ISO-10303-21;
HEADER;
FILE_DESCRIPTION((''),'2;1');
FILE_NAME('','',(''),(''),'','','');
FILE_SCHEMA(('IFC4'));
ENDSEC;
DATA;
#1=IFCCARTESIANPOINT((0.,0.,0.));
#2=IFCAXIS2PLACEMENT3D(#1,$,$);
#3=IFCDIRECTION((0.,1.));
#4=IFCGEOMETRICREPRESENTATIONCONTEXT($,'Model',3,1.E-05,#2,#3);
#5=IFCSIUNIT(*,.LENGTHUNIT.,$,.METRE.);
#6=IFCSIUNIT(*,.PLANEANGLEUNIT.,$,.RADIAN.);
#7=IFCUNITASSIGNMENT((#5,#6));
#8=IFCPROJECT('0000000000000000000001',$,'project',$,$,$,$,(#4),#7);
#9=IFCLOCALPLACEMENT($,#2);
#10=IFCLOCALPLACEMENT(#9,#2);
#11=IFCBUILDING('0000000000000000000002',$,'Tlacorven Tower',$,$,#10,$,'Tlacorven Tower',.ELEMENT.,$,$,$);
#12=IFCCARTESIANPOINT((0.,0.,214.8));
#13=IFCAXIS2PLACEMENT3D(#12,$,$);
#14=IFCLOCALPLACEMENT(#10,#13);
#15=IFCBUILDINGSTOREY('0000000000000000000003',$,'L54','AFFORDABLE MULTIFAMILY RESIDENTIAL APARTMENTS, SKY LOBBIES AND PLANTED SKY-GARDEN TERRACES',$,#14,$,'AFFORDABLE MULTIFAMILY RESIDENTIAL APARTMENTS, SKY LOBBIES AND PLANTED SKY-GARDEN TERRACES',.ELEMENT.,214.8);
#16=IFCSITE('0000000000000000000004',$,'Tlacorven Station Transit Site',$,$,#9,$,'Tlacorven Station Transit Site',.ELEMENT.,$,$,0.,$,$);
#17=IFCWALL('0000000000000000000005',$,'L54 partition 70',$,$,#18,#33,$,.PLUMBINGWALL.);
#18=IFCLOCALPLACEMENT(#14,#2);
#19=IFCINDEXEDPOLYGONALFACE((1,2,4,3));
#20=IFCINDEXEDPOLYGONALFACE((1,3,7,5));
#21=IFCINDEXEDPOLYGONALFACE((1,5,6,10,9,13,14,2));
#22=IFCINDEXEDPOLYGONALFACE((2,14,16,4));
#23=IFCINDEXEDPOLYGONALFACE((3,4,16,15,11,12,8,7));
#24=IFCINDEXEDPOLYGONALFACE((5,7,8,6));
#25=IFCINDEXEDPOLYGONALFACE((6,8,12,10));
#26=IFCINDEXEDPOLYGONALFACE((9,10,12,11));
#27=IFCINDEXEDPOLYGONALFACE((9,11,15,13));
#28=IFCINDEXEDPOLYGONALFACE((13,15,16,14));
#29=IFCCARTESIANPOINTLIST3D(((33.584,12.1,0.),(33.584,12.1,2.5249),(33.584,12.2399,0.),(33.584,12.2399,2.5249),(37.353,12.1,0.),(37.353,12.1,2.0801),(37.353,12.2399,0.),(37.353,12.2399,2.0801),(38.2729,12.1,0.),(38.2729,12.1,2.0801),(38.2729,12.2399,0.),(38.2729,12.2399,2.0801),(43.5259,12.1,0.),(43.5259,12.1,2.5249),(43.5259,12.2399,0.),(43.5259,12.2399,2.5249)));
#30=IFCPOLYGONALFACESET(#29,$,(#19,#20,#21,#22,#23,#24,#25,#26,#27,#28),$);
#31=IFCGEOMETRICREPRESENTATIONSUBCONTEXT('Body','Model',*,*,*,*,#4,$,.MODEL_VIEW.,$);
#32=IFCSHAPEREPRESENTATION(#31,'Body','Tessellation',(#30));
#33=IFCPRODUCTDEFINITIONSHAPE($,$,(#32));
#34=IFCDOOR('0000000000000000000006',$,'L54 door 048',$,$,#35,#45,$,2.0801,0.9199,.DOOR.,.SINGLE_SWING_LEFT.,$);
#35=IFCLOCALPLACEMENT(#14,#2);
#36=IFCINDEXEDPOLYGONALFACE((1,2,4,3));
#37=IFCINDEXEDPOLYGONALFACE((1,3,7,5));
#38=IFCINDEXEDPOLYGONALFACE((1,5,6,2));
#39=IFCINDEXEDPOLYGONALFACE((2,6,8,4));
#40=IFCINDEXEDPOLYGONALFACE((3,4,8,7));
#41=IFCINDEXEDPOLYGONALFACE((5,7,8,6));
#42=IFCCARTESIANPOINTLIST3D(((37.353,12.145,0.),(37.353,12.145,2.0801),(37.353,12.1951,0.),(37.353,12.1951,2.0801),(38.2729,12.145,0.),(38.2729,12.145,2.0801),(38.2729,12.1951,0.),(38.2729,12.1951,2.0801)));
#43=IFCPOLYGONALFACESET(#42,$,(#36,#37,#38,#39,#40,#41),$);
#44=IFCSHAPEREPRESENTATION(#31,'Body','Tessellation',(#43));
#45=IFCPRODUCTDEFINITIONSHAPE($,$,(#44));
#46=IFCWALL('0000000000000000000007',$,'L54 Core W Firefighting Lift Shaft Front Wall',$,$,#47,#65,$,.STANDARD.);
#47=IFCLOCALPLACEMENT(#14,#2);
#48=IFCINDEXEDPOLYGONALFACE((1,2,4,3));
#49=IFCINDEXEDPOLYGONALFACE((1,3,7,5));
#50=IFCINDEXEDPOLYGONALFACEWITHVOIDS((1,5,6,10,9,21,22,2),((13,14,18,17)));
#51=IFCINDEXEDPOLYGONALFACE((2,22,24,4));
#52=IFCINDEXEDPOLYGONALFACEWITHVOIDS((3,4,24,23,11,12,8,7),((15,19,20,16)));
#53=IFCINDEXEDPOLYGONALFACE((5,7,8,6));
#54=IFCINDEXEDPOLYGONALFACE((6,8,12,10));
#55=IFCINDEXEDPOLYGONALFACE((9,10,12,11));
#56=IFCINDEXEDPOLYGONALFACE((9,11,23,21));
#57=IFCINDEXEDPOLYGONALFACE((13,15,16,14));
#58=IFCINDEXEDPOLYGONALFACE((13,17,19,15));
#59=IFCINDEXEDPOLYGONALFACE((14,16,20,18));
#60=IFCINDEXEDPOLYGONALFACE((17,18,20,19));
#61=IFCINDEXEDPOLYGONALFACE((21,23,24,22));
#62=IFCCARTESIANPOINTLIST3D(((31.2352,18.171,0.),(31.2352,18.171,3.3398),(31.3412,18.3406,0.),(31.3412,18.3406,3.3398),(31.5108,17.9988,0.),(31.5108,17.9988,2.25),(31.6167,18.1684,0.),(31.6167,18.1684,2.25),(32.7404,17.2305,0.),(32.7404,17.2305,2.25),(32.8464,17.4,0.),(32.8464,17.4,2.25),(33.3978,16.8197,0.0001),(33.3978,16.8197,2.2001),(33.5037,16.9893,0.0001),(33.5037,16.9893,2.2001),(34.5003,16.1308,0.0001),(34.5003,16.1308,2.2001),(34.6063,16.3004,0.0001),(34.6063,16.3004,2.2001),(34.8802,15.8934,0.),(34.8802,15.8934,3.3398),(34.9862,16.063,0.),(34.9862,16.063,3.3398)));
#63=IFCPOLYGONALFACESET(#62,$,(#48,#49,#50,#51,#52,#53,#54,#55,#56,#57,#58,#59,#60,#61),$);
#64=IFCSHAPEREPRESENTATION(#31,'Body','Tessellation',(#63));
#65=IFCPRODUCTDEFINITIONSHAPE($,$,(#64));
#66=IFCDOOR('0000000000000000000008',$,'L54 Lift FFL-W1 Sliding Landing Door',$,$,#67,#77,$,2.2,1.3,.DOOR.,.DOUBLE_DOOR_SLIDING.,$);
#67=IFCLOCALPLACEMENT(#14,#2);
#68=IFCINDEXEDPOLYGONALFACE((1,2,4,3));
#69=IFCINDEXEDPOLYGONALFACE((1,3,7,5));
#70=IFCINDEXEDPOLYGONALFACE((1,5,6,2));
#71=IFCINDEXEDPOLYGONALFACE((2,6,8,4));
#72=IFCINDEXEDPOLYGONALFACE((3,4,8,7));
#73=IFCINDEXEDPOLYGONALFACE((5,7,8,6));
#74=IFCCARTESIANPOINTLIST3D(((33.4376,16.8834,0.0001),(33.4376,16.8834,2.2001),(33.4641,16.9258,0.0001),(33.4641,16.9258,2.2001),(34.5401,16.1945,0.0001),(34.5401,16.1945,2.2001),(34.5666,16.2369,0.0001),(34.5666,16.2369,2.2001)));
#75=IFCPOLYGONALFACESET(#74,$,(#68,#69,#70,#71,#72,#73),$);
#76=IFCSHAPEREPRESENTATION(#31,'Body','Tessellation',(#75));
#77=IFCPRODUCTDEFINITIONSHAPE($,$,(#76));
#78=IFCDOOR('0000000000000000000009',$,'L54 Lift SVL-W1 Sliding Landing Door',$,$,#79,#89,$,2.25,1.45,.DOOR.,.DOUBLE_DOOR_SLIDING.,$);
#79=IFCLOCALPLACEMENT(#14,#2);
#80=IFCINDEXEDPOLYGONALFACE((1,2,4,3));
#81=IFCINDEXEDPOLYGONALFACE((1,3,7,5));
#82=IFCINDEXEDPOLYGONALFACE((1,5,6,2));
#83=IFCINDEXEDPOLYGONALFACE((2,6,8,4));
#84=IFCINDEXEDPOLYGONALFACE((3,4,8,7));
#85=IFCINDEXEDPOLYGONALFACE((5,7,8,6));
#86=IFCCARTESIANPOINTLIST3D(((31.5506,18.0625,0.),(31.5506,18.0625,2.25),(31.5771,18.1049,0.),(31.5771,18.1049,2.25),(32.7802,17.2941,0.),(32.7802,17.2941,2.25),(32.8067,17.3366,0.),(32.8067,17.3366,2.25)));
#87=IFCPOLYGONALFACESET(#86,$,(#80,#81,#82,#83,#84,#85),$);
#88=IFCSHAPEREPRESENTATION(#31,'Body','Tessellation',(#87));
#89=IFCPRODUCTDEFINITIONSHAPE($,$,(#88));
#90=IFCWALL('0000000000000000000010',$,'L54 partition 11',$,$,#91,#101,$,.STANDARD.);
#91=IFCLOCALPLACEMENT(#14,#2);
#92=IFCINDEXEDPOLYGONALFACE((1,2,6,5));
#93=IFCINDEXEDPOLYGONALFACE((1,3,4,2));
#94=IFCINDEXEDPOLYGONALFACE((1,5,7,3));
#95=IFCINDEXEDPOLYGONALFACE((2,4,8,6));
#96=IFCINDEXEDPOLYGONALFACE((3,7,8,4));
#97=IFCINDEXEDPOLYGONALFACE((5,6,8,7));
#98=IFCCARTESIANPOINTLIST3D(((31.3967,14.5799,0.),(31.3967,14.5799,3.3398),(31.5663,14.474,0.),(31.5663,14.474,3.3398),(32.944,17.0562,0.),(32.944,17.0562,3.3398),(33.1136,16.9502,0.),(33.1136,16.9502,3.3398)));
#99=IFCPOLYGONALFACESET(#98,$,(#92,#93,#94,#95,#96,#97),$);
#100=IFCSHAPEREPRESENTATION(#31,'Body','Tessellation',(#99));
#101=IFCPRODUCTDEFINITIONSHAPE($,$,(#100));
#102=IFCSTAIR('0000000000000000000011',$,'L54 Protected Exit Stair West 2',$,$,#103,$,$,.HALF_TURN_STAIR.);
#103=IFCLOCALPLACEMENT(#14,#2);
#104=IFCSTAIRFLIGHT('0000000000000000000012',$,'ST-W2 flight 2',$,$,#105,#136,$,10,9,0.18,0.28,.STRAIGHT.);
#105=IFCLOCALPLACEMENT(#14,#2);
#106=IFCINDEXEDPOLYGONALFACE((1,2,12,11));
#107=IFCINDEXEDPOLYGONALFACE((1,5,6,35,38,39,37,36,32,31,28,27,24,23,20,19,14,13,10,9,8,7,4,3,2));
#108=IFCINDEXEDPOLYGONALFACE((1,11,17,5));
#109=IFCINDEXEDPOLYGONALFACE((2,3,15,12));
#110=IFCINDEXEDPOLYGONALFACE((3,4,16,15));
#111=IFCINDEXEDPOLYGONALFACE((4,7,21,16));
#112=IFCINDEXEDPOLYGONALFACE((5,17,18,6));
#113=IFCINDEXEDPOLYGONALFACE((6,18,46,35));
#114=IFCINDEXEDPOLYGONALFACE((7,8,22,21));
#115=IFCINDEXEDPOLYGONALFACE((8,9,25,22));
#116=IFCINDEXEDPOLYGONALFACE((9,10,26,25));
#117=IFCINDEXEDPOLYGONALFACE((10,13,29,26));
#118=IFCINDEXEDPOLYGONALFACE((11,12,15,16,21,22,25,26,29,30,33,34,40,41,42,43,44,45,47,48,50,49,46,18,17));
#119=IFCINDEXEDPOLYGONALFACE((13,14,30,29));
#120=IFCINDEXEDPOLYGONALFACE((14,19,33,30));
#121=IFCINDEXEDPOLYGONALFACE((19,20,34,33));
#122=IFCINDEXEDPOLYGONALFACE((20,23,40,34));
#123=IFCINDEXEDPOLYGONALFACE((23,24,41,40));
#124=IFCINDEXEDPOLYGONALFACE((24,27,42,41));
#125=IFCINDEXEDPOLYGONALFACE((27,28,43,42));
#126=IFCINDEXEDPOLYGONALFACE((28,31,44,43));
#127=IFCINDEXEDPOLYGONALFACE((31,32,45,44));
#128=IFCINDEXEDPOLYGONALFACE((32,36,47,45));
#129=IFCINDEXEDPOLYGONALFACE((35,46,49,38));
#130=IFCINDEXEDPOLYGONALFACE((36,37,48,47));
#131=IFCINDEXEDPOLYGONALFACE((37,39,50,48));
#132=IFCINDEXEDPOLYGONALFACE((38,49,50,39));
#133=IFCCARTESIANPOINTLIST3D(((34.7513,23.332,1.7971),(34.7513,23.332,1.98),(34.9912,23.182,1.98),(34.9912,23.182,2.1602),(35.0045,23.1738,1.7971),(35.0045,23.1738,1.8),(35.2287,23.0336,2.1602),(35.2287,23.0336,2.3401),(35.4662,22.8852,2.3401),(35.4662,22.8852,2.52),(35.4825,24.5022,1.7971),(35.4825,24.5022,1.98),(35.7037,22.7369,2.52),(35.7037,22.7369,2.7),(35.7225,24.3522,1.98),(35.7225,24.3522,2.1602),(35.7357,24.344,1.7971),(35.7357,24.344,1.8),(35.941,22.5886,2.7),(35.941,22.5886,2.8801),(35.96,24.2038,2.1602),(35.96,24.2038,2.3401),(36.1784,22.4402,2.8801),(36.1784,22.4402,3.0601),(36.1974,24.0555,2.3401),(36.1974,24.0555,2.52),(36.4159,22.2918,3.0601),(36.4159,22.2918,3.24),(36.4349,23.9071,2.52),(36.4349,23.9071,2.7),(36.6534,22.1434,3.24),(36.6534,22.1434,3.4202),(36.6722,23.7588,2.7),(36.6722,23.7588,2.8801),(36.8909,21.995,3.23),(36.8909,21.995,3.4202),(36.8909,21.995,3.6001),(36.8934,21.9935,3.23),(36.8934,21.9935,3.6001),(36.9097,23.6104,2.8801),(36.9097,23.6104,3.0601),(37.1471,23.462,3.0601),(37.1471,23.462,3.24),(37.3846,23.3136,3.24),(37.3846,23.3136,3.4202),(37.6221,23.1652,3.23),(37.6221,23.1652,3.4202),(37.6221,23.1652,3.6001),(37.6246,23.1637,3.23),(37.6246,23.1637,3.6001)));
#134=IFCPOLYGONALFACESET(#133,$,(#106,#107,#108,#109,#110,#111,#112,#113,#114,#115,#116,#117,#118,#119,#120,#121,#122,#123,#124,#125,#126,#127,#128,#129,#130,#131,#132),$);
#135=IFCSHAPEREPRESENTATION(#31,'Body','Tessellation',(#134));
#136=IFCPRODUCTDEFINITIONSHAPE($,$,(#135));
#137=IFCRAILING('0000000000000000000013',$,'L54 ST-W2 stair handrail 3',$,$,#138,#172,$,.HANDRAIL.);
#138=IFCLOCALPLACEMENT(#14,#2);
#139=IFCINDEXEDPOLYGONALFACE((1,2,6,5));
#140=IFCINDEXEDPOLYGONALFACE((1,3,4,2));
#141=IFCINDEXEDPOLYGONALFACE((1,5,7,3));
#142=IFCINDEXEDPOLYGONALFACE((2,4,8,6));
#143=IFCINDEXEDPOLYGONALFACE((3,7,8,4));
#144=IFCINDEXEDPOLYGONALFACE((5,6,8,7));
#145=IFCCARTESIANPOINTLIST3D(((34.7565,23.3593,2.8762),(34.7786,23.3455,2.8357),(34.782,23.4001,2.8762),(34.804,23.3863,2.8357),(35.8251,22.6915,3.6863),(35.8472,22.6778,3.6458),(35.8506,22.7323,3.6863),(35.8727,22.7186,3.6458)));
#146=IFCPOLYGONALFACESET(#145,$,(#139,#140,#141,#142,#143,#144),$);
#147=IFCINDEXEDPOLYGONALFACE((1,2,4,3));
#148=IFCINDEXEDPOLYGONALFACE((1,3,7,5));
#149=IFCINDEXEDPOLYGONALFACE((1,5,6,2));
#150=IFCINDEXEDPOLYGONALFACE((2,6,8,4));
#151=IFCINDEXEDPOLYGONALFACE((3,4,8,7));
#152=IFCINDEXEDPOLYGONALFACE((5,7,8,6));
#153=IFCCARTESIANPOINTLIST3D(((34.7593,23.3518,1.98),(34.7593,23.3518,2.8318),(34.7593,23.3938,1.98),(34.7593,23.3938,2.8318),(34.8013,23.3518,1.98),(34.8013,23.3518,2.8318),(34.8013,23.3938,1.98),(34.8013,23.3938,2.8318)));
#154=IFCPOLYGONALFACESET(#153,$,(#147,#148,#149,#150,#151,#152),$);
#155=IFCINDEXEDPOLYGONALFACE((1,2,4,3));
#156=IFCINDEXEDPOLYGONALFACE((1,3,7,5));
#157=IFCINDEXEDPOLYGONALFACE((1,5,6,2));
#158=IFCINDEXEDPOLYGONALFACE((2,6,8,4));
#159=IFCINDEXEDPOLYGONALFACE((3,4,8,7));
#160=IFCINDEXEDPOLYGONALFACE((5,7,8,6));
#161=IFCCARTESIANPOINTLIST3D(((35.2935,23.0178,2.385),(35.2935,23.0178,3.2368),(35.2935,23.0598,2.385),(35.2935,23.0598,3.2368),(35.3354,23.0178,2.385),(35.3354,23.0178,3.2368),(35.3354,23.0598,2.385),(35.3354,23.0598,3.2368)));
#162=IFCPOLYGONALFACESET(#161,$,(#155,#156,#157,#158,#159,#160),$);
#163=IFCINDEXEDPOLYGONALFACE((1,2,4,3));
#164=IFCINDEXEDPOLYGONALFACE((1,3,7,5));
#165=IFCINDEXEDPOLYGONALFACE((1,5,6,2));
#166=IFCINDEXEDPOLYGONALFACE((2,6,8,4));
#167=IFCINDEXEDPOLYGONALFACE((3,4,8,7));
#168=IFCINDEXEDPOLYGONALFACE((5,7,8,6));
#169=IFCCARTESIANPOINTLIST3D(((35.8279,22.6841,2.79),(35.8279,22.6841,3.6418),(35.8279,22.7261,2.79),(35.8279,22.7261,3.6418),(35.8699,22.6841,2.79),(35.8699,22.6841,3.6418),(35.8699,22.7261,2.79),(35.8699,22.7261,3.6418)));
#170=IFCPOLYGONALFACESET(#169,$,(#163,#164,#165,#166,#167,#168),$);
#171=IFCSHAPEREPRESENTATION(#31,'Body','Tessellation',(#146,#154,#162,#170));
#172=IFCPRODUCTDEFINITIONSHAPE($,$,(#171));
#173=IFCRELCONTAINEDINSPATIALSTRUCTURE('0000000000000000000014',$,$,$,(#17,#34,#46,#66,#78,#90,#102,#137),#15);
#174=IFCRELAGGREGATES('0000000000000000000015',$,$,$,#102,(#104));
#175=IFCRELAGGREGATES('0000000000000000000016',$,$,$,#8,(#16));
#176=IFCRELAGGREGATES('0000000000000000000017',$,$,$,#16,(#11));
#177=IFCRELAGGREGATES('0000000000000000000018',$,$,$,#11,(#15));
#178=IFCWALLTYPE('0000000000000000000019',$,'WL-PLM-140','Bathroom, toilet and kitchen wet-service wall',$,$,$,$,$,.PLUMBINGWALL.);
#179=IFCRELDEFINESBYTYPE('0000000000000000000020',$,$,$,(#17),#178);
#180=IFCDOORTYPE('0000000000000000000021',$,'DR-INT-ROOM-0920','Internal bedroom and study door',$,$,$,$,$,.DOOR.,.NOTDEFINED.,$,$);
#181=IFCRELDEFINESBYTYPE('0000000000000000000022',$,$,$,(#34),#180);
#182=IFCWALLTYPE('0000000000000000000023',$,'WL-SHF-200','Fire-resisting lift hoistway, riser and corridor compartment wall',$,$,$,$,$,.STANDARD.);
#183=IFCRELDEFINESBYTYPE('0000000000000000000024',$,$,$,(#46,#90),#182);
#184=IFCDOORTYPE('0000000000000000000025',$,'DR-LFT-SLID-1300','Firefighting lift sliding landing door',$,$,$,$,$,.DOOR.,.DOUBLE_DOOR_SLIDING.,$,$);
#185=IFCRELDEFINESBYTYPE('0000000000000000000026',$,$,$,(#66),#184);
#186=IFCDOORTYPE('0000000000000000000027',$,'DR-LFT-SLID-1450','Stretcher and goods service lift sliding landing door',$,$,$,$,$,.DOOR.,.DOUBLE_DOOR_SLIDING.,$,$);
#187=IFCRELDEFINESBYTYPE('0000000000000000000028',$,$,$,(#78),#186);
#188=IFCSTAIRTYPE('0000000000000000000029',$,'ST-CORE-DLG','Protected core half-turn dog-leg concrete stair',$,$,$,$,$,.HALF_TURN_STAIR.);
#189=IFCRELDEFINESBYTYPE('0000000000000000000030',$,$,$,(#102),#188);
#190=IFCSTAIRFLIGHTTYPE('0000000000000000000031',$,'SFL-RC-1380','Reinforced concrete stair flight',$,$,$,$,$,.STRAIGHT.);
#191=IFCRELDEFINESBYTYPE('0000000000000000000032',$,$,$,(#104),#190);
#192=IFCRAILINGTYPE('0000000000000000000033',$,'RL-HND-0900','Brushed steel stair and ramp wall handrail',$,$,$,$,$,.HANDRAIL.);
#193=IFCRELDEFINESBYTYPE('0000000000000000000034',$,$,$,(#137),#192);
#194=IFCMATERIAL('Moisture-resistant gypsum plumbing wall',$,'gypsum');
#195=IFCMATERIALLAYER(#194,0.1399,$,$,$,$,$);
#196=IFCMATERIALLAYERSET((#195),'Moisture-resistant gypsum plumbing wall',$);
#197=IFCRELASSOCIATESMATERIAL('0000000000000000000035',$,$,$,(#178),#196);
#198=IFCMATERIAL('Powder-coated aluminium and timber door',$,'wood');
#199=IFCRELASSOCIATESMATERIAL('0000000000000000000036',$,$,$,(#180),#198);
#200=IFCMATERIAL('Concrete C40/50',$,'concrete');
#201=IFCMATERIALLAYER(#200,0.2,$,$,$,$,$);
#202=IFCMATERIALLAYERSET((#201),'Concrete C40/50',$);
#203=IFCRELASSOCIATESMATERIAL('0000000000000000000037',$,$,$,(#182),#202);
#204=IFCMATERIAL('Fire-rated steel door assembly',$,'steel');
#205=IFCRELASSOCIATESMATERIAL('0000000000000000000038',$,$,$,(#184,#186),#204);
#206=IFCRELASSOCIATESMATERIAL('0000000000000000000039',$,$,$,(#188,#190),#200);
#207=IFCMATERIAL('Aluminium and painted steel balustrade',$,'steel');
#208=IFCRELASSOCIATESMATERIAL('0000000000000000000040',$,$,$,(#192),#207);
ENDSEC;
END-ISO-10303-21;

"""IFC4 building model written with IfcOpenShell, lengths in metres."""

from ifc_helpers import new_model, si_unit, direction, frame, frame_2d, origin, origin_2d, place, context, subcontext, project, spatial, polyline, rectangle, outline, extrude, source, transform, mapped, material, layer, layer_set, type_object, element, fill, aggregate, save


model = new_model("IFC4")

# Units and contexts
model_context = context("Model", 3, precision=1e-05, world=origin(), true_north=direction((0.0, 1.0)))
body_context = subcontext(model_context, "Body", "Model", "MODEL_VIEW")
ifc_project = project(units=[si_unit("LENGTHUNIT", "METRE"), si_unit("PLANEANGLEUNIT", "RADIAN")], contexts=[model_context])

# Site, building, storey
site_placement = place(None, origin())
site = spatial("IfcSite", under=ifc_project, at=site_placement, Name="Tlacorven Station Transit Site", LongName="Tlacorven Station Transit Site", CompositionType="ELEMENT", RefElevation=0.0)
building_placement = place(site_placement, origin())
building = spatial("IfcBuilding", under=site, at=building_placement, Name="Tlacorven Tower", LongName="Tlacorven Tower", CompositionType="ELEMENT")
storey_placement = place(building_placement, frame((0.0, 0.0, 214.8)))
storey = spatial("IfcBuildingStorey", under=building, at=storey_placement, Name="L54", Description="AFFORDABLE MULTIFAMILY RESIDENTIAL APARTMENTS, SKY LOBBIES AND PLANTED SKY-GARDEN TERRACES", LongName="AFFORDABLE MULTIFAMILY RESIDENTIAL APARTMENTS, SKY LOBBIES AND PLANTED SKY-GARDEN TERRACES", CompositionType="ELEMENT", Elevation=214.8)

# Shared definitions
ifc_material_1 = material(Name="Powder-coated aluminium and timber door", Category="wood")

# Wall, opening, door
ifc_material_2 = material(Name="Moisture-resistant gypsum plumbing wall", Category="gypsum")
ifc_layer_1 = layer(ifc_material_2, 0.1399)
ifc_layer_set_1 = layer_set([ifc_layer_1], Name="Moisture-resistant gypsum plumbing wall")
wall_type_1 = type_object("IfcWallType", Name="WL-PLM-140", Description="Bathroom, toilet and kitchen wet-service wall", PredefinedType="PLUMBINGWALL", material=ifc_layer_set_1)
wall_1_placement = place(storey_placement, frame((33.584, 12.1699, 0.0), z_axis=(0.0, 0.0, 1.0), x_axis=(1.0, 0.0, 0.0)))
wall_1 = element("IfcWall", 1, at=wall_1_placement, inside=storey, type_object=wall_type_1, Name="L54 partition 70", PredefinedType="PLUMBINGWALL", context=body_context, shape_type="SweptSolid", body=[
    extrude(rectangle(XDim=9.9419, YDim=0.1399, at=frame_2d((4.9709, 0.0))), origin(), (0.0, 0.0, 1.0), 2.5249),
])
opening_1_placement = place(wall_1_placement, frame((3.769, 0.0, 0.0)))
opening_1 = element("IfcOpeningElement", 2, at=opening_1_placement, cuts=wall_1, PredefinedType="OPENING", context=body_context, shape_type="SweptSolid", body=[
    extrude(rectangle(XDim=0.9199, YDim=2.0801, at=frame_2d((0.46, 1.04))), frame((0.0, 0.0801, 0.0), z_axis=(0.0, -1.0, 0.0), x_axis=(1.0, 0.0, 0.0)), (0.0, 0.0, 1.0), 0.1599),
])
door_type_1 = type_object("IfcDoorType", Name="DR-INT-ROOM-0920", Description="Internal bedroom and study door", OperationType="NOTDEFINED", PredefinedType="DOOR", material=ifc_material_1)
shared_shape_1 = source(origin(), body_context, "Body", "SweptSolid", [
    extrude(rectangle(XDim=0.9199, YDim=2.0801, at=frame_2d((0.46, 1.04))), frame((0.0, 0.0249, 0.0), z_axis=(0.0, -1.0, 0.0), x_axis=(1.0, 0.0, 0.0)), (0.0, 0.0, 1.0), 0.05),
])
door_1_placement = place(opening_1_placement, frame((0.9199, 0.0, 0.0), z_axis=(0.0, 0.0, 1.0), x_axis=(-1.0, 0.0, 0.0)))
door_1 = element("IfcDoor", 3, at=door_1_placement, inside=storey, type_object=door_type_1, Name="L54 door 048", OperationType="SINGLE_SWING_LEFT", OverallHeight=2.0801, OverallWidth=0.9199, PredefinedType="DOOR", context=body_context, shape_type="MappedRepresentation", body=[
    mapped(shared_shape_1, transform((0.0, 0.0, 0.0), scale=1.0)),
])
fill(opening_1, door_1)

# Wall, openings, doors
ifc_material_3 = material(Name="Concrete C40/50", Category="concrete")
ifc_layer_2 = layer(ifc_material_3, 0.2)
ifc_layer_set_2 = layer_set([ifc_layer_2], Name="Concrete C40/50")
wall_type_2 = type_object("IfcWallType", Name="WL-SHF-200", Description="Fire-resisting lift hoistway, riser and corridor compartment wall", PredefinedType="STANDARD", material=ifc_layer_set_2)
wall_2_placement = place(storey_placement, frame((34.9331, 15.9783, 0.0), z_axis=(0.0, 0.0, 1.0), x_axis=(-0.848056, 0.529907, 0.0)))
wall_2 = element("IfcWall", 4, at=wall_2_placement, inside=storey, type_object=wall_type_2, Name="L54 Core W Firefighting Lift Shaft Front Wall", PredefinedType="STANDARD", context=body_context, shape_type="SweptSolid", body=[
    extrude(rectangle(XDim=4.2981, YDim=0.2, at=frame_2d((2.1489, 0.0))), origin(), (0.0, 0.0, 1.0), 3.3398),
])
opening_2_placement = place(wall_2_placement, frame((0.448, 0.0, 0.0)))
opening_2 = element("IfcOpeningElement", 5, at=opening_2_placement, cuts=wall_2, PredefinedType="OPENING", context=body_context, shape_type="SweptSolid", body=[
    extrude(rectangle(XDim=1.3, YDim=2.2, at=frame_2d((0.6499, 1.1001))), frame((0.0, 0.1099, 0.0), z_axis=(0.0, -1.0, 0.0), x_axis=(1.0, 0.0, 0.0)), (0.0, 0.0, 1.0), 0.22),
])
opening_3_placement = place(wall_2_placement, frame((2.5229, 0.0, 0.0)))
opening_3 = element("IfcOpeningElement", 6, at=opening_3_placement, cuts=wall_2, PredefinedType="OPENING", context=body_context, shape_type="SweptSolid", body=[
    extrude(rectangle(XDim=1.45, YDim=2.25, at=frame_2d((0.7251, 1.125))), frame((0.0, 0.1099, 0.0), z_axis=(0.0, -1.0, 0.0), x_axis=(1.0, 0.0, 0.0)), (0.0, 0.0, 1.0), 0.22),
])
ifc_material_4 = material(Name="Fire-rated steel door assembly", Category="steel")
door_type_2 = type_object("IfcDoorType", Name="DR-LFT-SLID-1300", Description="Firefighting lift sliding landing door", OperationType="DOUBLE_DOOR_SLIDING", PredefinedType="DOOR", material=ifc_material_4)
shared_shape_2 = source(origin(), body_context, "Body", "SweptSolid", [
    extrude(rectangle(XDim=1.3, YDim=2.2, at=frame_2d((0.6499, 1.1001))), frame((0.0, 0.0249, 0.0), z_axis=(0.0, -1.0, 0.0), x_axis=(1.0, 0.0, 0.0)), (0.0, 0.0, 1.0), 0.05),
])
door_2_placement = place(opening_2_placement, origin())
door_2 = element("IfcDoor", 7, at=door_2_placement, inside=storey, type_object=door_type_2, Name="L54 Lift FFL-W1 Sliding Landing Door", OperationType="DOUBLE_DOOR_SLIDING", OverallHeight=2.2, OverallWidth=1.3, PredefinedType="DOOR", context=body_context, shape_type="MappedRepresentation", body=[
    mapped(shared_shape_2, transform((0.0, 0.0, 0.0), scale=1.0)),
])
fill(opening_2, door_2)
door_type_3 = type_object("IfcDoorType", Name="DR-LFT-SLID-1450", Description="Stretcher and goods service lift sliding landing door", OperationType="DOUBLE_DOOR_SLIDING", PredefinedType="DOOR", material=ifc_material_4)
shared_shape_3 = source(origin(), body_context, "Body", "SweptSolid", [
    extrude(rectangle(XDim=1.45, YDim=2.25, at=frame_2d((0.7251, 1.125))), frame((0.0, 0.0249, 0.0), z_axis=(0.0, -1.0, 0.0), x_axis=(1.0, 0.0, 0.0)), (0.0, 0.0, 1.0), 0.05),
])
door_3_placement = place(opening_3_placement, origin())
door_3 = element("IfcDoor", 8, at=door_3_placement, inside=storey, type_object=door_type_3, Name="L54 Lift SVL-W1 Sliding Landing Door", OperationType="DOUBLE_DOOR_SLIDING", OverallHeight=2.25, OverallWidth=1.45, PredefinedType="DOOR", context=body_context, shape_type="MappedRepresentation", body=[
    mapped(shared_shape_3, transform((0.0, 0.0, 0.0), scale=1.0)),
])
fill(opening_3, door_3)

# Wall
wall_3_placement = place(storey_placement, frame((33.0288, 17.0032, 0.0), z_axis=(0.0, 0.0, 1.0), x_axis=(-0.529916, -0.84805, 0.0)))
element("IfcWall", 9, at=wall_3_placement, inside=storey, type_object=wall_type_2, Name="L54 partition 11", PredefinedType="STANDARD", context=body_context, shape_type="SweptSolid", body=[
    extrude(rectangle(XDim=2.9199, YDim=0.2, at=frame_2d((1.46, 0.0))), origin(), (0.0, 0.0, 1.0), 3.3398),
])

# Stair, stair flight
stair_type = type_object("IfcStairType", Name="ST-CORE-DLG", Description="Protected core half-turn dog-leg concrete stair", PredefinedType="HALF_TURN_STAIR", material=ifc_material_3)
stair_placement = place(storey_placement, origin())
stair = element("IfcStair", 10, at=stair_placement, inside=storey, type_object=stair_type, Name="L54 Protected Exit Stair West 2", PredefinedType="HALF_TURN_STAIR")
stair_flight_type = type_object("IfcStairFlightType", Name="SFL-RC-1380", Description="Reinforced concrete stair flight", PredefinedType="STRAIGHT", material=ifc_material_3)
shared_shape_4 = source(origin(), body_context, "Body", "SweptSolid", [
    extrude(outline(polyline([(-0.0029, -0.0029), (-0.0029, 0.1799), (0.28, 0.1799), (0.28, 0.3601), (0.5601, 0.3601), (0.5601, 0.54), (0.8401, 0.54), (0.8401, 0.72), (1.1201, 0.72), (1.1201, 0.8999), (1.3999, 0.8999), (1.3999, 1.0801), (1.6799, 1.0801), (1.6799, 1.26), (1.96, 1.26), (1.96, 1.4399), (2.24, 1.4399), (2.24, 1.6201), (2.52, 1.6201), (2.52, 1.8), (2.5229, 1.8), (2.5229, 1.4299), (2.52, 1.4299), (0.2957, 0.0), (0.2957, -0.0029), (-0.0029, -0.0029)])), frame((0.0, 0.6899, 0.0), z_axis=(0.0, -1.0, 0.0), x_axis=(1.0, 0.0, 0.0)), (0.0, 0.0, 1.0), 1.3799),
])
stair_flight_placement = place(storey_placement, frame((35.1194, 23.9155, 1.8), z_axis=(0.0, 0.0, 1.0), x_axis=(0.848048, -0.529919, 0.0)))
stair_flight = element("IfcStairFlight", 11, at=stair_flight_placement, type_object=stair_flight_type, Name="ST-W2 flight 2", NumberOfRisers=10, NumberOfTreads=9, PredefinedType="STRAIGHT", RiserHeight=0.18, TreadLength=0.28, context=body_context, shape_type="MappedRepresentation", body=[
    mapped(shared_shape_4, transform((0.0, 0.0, 0.0), scale=1.0)),
])
aggregate(stair, [stair_flight])

# Railing
ifc_material_5 = material(Name="Aluminium and painted steel balustrade", Category="steel")
railing_type = type_object("IfcRailingType", Name="RL-HND-0900", Description="Brushed steel stair and ramp wall handrail", PredefinedType="HANDRAIL", material=ifc_material_5)
shared_shape_5 = source(origin(), body_context, "Body", "SweptSolid", [
    extrude(rectangle(XDim=0.0481, YDim=0.0481, at=origin_2d()), frame((0.0, 0.0, 0.876), z_axis=(0.71336, -0.445748, 0.540765), x_axis=(0.529912, 0.848053, 0.0)), (0.0, 0.0, 1.0), 1.498),
    extrude(rectangle(XDim=0.042, YDim=0.042, at=origin_2d()), origin(), (0.0, 0.0, 1.0), 0.8518),
    extrude(rectangle(XDim=0.042, YDim=0.042, at=origin_2d()), frame((0.5342, -0.334, 0.405)), (0.0, 0.0, 1.0), 0.8518),
    extrude(rectangle(XDim=0.042, YDim=0.042, at=origin_2d()), frame((1.0686, -0.6677, 0.8101)), (0.0, 0.0, 1.0), 0.8518),
])
railing_placement = place(storey_placement, frame((34.7803, 23.3728, 1.98)))
element("IfcRailing", 12, at=railing_placement, inside=storey, type_object=railing_type, Name="L54 ST-W2 stair handrail 3", PredefinedType="HANDRAIL", context=body_context, shape_type="MappedRepresentation", body=[
    mapped(shared_shape_5, transform((0.0, 0.0, 0.0), scale=1.0)),
])

save(model, "model.ifc")
